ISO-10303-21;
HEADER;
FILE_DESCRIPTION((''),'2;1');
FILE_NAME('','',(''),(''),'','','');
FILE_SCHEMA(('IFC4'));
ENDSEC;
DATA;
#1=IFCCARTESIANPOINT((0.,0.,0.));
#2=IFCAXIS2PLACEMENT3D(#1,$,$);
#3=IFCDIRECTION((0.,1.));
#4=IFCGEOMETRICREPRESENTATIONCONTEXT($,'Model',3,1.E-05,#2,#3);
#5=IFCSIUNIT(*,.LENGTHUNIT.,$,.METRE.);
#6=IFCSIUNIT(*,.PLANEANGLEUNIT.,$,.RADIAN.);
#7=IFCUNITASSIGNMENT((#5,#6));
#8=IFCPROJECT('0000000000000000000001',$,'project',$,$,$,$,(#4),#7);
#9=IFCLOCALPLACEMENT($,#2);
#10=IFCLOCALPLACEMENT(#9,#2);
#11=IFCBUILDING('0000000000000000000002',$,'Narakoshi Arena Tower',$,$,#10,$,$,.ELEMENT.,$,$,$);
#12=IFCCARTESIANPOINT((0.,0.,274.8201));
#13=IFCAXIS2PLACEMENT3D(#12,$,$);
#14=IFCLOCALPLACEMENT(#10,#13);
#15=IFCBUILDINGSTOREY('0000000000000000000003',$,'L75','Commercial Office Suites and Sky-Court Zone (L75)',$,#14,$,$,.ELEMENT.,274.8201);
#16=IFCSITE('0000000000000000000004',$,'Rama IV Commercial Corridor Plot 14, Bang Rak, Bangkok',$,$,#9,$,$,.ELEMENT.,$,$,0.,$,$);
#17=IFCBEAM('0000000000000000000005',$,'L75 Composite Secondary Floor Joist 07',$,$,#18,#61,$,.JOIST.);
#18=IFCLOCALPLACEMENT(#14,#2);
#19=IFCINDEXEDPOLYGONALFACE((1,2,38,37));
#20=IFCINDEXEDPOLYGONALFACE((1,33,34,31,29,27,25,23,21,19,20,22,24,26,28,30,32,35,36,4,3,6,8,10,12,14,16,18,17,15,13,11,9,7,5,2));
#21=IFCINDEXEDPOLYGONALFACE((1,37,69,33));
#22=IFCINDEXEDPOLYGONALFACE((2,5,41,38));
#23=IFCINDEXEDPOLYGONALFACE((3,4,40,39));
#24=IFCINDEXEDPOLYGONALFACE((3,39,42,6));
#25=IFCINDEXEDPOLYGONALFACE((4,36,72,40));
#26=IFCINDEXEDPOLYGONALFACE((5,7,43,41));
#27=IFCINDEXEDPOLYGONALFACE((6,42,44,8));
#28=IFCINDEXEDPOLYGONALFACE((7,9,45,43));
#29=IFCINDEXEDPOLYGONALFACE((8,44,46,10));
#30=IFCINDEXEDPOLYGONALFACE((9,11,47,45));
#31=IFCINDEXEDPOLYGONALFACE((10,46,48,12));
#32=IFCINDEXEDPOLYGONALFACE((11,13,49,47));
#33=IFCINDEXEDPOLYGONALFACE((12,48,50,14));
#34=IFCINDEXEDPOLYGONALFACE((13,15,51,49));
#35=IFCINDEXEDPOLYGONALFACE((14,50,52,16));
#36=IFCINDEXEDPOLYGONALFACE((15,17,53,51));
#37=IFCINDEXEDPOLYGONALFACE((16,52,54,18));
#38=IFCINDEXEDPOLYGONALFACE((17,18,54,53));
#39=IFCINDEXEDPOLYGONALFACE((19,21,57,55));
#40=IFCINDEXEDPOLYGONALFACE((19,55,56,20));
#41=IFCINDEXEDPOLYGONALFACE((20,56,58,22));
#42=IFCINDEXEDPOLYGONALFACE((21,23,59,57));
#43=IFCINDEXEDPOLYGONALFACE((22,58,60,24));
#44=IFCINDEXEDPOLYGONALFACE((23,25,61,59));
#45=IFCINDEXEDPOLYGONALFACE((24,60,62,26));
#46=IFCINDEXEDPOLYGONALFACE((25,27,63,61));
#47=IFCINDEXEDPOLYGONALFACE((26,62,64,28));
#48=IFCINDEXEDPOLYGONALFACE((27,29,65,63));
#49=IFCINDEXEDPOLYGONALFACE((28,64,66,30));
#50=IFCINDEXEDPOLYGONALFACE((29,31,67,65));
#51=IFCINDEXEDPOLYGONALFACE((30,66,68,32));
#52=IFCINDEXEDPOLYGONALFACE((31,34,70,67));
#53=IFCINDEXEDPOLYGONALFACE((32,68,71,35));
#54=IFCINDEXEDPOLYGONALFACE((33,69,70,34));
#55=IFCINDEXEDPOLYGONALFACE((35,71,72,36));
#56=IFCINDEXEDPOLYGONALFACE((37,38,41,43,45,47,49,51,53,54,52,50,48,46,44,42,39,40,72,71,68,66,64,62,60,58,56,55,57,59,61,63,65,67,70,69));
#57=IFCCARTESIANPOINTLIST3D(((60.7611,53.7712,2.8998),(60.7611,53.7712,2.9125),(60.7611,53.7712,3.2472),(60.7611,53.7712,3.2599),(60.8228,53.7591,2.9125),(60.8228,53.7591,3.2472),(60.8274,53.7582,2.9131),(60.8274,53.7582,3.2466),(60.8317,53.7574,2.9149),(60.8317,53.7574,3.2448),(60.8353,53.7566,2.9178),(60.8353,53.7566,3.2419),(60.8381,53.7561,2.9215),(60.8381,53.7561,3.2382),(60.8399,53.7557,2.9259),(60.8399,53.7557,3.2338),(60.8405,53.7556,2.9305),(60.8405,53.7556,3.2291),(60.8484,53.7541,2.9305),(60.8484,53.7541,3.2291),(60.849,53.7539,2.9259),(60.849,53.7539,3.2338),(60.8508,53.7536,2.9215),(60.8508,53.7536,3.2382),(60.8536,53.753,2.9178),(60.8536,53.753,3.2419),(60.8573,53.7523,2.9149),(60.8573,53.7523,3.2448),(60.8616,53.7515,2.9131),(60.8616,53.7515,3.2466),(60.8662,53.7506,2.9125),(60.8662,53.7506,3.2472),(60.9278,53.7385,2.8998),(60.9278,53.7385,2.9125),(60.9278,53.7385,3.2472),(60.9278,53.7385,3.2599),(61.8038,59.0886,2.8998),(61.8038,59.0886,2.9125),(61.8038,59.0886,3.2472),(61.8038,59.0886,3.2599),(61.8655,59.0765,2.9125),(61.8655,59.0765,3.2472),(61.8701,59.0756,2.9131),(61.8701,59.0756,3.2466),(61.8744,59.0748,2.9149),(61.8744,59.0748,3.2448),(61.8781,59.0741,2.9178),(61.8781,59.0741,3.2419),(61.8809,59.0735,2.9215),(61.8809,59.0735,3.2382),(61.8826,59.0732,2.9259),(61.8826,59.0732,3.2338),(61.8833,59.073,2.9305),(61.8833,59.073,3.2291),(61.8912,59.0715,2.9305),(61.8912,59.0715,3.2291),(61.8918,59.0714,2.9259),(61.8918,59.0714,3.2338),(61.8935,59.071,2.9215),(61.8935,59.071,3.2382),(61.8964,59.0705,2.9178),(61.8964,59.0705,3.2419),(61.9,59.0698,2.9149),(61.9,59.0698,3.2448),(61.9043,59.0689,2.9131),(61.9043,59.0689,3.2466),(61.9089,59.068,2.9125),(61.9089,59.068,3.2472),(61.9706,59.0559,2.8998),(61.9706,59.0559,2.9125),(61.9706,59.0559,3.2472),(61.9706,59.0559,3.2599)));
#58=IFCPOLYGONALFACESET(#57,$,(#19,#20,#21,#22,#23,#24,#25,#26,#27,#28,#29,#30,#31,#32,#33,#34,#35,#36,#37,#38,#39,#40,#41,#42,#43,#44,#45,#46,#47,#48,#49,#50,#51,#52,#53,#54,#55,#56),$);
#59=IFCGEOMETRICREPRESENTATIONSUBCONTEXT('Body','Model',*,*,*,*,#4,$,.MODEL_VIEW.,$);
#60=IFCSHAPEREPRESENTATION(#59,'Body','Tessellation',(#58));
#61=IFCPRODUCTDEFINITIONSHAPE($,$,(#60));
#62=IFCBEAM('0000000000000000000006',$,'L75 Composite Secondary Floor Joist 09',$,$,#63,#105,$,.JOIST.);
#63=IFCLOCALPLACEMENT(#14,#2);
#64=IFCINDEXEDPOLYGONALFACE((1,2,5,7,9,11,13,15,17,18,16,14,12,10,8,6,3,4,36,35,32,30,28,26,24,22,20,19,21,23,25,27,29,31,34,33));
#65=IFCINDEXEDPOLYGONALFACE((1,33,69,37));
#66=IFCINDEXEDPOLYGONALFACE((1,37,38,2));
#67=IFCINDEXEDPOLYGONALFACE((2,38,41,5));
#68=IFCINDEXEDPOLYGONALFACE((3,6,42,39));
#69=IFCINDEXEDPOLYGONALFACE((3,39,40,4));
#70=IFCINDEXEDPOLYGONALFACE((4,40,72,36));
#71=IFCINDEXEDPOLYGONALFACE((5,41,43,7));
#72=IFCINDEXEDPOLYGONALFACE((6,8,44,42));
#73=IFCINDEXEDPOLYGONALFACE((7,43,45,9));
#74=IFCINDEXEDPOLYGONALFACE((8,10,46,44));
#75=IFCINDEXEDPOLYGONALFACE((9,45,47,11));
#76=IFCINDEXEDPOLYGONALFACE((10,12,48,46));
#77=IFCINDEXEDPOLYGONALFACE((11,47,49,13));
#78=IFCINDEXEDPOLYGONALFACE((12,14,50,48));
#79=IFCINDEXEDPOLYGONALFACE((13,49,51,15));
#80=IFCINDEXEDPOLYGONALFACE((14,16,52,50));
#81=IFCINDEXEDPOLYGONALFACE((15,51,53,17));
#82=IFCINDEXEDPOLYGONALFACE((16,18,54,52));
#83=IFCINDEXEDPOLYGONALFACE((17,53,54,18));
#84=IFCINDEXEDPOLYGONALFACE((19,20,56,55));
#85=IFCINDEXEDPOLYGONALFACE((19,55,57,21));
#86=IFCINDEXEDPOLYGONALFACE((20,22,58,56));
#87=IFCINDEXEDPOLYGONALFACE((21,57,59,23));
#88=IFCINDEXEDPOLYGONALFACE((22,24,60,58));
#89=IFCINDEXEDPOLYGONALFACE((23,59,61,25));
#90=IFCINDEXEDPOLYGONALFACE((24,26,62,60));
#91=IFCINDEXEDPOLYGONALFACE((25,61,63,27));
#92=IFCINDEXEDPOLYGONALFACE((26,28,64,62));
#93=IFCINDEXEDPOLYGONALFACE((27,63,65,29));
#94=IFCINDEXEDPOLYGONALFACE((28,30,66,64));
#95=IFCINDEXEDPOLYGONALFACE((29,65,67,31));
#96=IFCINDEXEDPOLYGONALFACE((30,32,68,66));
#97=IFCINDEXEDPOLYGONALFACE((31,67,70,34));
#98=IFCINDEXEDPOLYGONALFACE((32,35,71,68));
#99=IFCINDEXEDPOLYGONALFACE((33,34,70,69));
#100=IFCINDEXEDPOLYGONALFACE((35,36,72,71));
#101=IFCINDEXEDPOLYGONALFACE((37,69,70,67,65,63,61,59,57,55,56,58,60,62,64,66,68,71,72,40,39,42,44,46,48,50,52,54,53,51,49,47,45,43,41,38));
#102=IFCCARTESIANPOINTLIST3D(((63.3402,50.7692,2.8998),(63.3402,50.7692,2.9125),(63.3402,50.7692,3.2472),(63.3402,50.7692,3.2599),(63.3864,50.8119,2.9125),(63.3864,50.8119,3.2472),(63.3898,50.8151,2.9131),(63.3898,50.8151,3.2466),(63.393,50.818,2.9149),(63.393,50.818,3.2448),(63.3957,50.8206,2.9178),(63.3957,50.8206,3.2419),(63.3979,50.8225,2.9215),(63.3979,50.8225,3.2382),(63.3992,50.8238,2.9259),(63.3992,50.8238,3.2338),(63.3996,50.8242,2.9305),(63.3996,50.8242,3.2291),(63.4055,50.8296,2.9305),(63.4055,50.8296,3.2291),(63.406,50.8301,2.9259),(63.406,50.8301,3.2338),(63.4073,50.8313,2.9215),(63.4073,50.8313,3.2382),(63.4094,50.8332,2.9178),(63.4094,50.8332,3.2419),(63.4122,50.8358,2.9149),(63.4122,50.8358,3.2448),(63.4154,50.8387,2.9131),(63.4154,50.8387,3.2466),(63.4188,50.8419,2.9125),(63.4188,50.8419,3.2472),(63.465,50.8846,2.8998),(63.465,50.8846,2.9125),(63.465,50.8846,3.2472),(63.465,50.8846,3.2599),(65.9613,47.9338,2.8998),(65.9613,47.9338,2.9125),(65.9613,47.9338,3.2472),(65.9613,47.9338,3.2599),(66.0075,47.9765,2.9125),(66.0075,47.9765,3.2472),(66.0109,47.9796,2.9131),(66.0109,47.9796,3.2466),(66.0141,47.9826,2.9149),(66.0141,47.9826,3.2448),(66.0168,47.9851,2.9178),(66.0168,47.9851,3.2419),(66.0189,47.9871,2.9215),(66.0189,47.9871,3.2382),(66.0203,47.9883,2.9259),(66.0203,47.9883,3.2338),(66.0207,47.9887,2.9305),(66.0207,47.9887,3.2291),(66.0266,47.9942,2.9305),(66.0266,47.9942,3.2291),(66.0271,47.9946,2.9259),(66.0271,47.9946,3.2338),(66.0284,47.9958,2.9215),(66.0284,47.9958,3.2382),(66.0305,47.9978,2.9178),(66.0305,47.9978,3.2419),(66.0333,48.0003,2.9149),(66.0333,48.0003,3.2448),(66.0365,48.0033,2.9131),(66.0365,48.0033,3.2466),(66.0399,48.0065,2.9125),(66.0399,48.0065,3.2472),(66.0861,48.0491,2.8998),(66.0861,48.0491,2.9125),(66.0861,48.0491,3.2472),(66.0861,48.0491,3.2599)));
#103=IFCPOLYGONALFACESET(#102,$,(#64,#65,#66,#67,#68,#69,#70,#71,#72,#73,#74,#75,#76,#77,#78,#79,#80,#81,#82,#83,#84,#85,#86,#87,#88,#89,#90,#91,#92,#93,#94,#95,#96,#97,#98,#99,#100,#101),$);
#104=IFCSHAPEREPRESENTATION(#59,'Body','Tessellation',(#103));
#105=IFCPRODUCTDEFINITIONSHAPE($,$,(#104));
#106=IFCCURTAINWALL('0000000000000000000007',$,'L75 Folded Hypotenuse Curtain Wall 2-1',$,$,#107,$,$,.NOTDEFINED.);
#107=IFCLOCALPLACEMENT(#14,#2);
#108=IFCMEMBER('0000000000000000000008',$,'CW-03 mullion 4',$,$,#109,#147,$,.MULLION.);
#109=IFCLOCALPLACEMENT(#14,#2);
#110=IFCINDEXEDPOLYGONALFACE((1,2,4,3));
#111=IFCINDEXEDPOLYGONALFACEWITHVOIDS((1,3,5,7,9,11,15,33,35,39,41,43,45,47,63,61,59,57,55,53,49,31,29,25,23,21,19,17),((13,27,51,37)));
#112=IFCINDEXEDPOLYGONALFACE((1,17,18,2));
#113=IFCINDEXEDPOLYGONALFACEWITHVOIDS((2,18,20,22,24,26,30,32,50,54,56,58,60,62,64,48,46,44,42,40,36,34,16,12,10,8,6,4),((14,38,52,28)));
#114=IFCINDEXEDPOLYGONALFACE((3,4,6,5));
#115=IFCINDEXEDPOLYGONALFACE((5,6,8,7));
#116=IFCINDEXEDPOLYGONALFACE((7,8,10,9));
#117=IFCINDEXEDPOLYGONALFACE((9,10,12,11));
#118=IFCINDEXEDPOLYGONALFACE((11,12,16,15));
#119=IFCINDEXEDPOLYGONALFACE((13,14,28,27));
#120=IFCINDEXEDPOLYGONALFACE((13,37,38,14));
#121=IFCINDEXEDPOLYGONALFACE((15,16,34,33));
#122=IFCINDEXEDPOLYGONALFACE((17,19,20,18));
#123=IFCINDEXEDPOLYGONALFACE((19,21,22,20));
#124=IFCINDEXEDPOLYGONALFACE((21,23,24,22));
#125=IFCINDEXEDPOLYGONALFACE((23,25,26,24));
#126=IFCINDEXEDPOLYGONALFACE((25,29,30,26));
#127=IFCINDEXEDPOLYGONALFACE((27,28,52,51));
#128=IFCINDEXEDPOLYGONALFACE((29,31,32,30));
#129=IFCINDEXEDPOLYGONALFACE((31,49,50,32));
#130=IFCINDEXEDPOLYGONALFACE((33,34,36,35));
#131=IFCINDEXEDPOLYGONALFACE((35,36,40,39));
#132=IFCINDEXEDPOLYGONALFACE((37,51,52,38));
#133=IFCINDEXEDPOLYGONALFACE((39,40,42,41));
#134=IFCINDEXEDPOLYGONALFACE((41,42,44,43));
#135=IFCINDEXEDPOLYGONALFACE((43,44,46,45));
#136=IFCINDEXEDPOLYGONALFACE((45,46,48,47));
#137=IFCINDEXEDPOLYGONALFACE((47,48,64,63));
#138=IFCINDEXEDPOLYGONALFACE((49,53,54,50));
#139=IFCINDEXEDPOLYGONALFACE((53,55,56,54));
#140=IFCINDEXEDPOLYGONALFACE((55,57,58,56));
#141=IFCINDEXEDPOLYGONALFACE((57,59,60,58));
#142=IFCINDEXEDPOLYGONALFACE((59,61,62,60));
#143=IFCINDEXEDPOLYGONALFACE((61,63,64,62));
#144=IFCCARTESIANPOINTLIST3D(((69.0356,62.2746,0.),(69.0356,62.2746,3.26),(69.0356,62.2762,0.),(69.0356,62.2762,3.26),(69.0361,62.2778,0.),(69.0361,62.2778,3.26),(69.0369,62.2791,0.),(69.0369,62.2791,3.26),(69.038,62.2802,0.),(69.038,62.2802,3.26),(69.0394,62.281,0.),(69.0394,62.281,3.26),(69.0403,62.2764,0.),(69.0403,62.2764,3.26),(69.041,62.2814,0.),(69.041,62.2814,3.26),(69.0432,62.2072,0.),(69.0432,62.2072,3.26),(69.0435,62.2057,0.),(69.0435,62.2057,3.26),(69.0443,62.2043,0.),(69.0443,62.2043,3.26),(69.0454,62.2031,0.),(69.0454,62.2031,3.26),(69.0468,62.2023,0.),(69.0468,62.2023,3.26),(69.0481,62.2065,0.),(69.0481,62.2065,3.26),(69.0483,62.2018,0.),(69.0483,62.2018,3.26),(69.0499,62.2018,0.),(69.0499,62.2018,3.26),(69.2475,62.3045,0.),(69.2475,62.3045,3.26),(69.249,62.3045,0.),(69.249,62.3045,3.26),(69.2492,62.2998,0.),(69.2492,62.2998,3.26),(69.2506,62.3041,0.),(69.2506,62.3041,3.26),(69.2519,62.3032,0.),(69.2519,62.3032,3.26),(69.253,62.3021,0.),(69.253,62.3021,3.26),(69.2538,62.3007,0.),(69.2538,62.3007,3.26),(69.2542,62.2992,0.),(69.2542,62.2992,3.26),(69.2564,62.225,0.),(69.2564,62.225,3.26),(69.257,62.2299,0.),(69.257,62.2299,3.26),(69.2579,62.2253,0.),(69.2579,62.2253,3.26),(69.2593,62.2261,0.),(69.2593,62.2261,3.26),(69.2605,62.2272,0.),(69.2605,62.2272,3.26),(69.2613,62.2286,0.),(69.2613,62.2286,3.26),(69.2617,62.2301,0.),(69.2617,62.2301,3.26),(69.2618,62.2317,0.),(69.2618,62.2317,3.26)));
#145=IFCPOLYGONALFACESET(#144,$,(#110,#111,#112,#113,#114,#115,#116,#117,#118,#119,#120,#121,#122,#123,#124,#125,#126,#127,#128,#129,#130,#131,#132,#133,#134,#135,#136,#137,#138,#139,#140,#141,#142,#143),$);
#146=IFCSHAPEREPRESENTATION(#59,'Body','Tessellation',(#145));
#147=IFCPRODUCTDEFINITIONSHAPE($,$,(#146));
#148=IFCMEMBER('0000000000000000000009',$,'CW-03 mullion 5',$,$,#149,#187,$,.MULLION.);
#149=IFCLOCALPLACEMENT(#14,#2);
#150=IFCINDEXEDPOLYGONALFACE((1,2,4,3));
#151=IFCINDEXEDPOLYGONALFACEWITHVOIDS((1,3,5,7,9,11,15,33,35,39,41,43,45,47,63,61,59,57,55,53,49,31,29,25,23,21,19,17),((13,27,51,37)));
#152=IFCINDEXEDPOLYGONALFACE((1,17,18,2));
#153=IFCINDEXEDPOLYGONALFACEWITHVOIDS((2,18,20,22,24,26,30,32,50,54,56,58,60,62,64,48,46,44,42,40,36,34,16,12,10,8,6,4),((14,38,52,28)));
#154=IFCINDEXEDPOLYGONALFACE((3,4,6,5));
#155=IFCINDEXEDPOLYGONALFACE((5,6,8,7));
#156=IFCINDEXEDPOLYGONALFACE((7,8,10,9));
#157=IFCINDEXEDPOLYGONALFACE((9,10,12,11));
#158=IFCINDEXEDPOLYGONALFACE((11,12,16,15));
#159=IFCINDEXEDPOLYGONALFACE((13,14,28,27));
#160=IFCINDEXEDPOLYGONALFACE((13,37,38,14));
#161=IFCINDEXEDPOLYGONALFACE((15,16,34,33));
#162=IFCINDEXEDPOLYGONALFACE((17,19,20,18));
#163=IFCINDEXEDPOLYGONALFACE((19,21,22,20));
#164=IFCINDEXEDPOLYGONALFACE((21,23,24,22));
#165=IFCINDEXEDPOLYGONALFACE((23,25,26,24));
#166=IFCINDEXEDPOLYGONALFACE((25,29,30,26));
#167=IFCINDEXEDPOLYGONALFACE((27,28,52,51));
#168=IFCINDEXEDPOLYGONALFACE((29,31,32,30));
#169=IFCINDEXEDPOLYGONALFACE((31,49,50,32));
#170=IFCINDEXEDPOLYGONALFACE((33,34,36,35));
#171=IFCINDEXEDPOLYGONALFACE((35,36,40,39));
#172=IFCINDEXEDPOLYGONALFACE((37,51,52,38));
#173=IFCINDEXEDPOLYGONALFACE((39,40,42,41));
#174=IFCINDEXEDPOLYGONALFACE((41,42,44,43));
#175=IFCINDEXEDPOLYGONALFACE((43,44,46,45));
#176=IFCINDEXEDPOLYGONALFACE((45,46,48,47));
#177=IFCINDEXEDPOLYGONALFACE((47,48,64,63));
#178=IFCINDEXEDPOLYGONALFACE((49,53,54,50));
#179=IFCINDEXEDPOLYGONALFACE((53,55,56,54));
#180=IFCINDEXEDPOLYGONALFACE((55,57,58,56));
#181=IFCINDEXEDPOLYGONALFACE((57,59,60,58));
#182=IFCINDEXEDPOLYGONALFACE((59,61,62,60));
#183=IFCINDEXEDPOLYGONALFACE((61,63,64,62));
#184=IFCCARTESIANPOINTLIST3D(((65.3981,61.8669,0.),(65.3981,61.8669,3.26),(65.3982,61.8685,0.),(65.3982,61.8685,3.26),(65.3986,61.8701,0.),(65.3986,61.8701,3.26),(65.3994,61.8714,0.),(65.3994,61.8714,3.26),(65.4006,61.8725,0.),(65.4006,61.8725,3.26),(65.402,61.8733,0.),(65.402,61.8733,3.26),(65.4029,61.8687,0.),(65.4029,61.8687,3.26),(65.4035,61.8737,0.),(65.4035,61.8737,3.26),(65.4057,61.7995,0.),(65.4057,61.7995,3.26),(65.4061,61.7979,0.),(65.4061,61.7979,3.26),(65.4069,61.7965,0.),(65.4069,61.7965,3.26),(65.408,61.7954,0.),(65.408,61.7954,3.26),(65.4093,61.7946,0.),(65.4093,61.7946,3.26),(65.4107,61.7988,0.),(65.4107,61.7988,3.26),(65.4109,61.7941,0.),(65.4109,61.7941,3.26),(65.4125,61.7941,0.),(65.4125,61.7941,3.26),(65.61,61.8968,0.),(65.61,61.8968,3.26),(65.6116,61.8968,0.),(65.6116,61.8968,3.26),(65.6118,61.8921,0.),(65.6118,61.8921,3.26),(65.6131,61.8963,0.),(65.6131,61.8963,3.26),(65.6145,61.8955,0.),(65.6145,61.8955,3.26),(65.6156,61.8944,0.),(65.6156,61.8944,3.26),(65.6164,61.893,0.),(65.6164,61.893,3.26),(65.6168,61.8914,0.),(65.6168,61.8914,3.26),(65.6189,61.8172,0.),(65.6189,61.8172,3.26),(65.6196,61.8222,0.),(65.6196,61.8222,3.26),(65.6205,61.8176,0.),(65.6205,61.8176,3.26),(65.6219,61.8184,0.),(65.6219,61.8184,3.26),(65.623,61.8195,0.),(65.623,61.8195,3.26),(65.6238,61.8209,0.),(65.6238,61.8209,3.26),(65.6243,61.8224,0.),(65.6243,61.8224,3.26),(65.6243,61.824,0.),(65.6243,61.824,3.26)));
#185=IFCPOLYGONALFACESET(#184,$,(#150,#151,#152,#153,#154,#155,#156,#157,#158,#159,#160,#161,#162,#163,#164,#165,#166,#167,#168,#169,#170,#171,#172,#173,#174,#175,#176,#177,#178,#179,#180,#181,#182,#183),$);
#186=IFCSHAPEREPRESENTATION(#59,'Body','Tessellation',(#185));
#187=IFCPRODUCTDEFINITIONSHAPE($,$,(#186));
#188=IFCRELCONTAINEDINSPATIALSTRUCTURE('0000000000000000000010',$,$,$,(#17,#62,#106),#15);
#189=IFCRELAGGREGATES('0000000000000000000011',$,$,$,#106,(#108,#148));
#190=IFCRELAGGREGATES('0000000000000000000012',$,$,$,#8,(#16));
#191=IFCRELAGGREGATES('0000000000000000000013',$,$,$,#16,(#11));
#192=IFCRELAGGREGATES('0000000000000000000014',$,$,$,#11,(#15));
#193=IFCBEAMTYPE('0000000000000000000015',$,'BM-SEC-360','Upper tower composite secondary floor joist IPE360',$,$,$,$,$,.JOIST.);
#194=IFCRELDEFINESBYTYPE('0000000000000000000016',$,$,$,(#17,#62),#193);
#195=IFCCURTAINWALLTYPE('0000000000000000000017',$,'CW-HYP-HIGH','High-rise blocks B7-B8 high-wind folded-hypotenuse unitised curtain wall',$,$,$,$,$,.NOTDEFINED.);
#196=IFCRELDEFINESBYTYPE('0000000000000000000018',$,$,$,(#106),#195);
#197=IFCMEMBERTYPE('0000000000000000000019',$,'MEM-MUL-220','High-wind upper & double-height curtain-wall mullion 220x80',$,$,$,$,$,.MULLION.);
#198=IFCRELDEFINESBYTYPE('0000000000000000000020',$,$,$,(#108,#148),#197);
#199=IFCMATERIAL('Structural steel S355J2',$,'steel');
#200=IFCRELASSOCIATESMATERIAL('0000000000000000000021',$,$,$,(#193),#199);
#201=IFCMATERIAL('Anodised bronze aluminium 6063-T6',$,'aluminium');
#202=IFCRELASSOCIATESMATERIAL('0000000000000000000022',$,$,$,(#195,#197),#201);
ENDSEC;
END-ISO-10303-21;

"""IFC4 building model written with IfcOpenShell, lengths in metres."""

from ifc_helpers import new_model, si_unit, direction, frame, origin, origin_2d, place, context, subcontext, project, spatial, hollow_rectangle, i_section, extrude, material, material_profile, profile_set, type_object, element, aggregate, save


model = new_model("IFC4")

# Units and contexts
model_context = context("Model", 3, precision=1e-05, world=origin(), true_north=direction((0.0, 1.0)))
body_context = subcontext(model_context, "Body", "Model", "MODEL_VIEW")
ifc_project = project(units=[si_unit("LENGTHUNIT", "METRE"), si_unit("PLANEANGLEUNIT", "RADIAN")], contexts=[model_context])

# Site, building, storey
site_placement = place(None, origin())
site = spatial("IfcSite", under=ifc_project, at=site_placement, Name="Rama IV Commercial Corridor Plot 14, Bang Rak, Bangkok", CompositionType="ELEMENT", RefElevation=0.0)
building_placement = place(site_placement, origin())
building = spatial("IfcBuilding", under=site, at=building_placement, Name="Narakoshi Arena Tower", CompositionType="ELEMENT")
storey_placement = place(building_placement, frame((0.0, 0.0, 274.8201)))
storey = spatial("IfcBuildingStorey", under=building, at=storey_placement, Name="L75", Description="Commercial Office Suites and Sky-Court Zone (L75)", CompositionType="ELEMENT", Elevation=274.8201)

# Beams
ifc_material_1 = material(Name="Structural steel S355J2", Category="steel")
ifc_material_profile_1 = material_profile(ifc_material_1, i_section(OverallWidth=0.1699, OverallDepth=0.3601, WebThickness=0.0081, FlangeThickness=0.0127, FilletRadius=0.0181, at=origin_2d()), Name="IPE360")
ifc_profile_set_1 = profile_set([ifc_material_profile_1], Name="Structural steel S355J2")
beam_type_1 = type_object("IfcBeamType", Name="BM-SEC-360", Description="Upper tower composite secondary floor joist IPE360", PredefinedType="JOIST", material=ifc_profile_set_1)
beam_1_placement = place(storey_placement, frame((61.8872, 59.0723, 3.0798), z_axis=(-0.192432, -0.98131, 0.0), x_axis=(0.98131, -0.192432, 0.0)))
element("IfcBeam", 1, at=beam_1_placement, inside=storey, type_object=beam_type_1, Name="L75 Composite Secondary Floor Joist 07", PredefinedType="JOIST", context=body_context, shape_type="SweptSolid", body=[
    extrude(i_section(OverallWidth=0.1699, OverallDepth=0.3601, WebThickness=0.0081, FlangeThickness=0.0127, FilletRadius=0.0181, at=origin_2d()), origin(), (0.0, 0.0, 1.0), 5.4187),
])
beam_2_placement = place(storey_placement, frame((63.4026, 50.8269, 3.0798), z_axis=(0.678805, -0.734318, 0.0), x_axis=(0.734318, 0.678805, 0.0)))
element("IfcBeam", 2, at=beam_2_placement, inside=storey, type_object=beam_type_1, Name="L75 Composite Secondary Floor Joist 09", PredefinedType="JOIST", context=body_context, shape_type="SweptSolid", body=[
    extrude(i_section(OverallWidth=0.1699, OverallDepth=0.3601, WebThickness=0.0081, FlangeThickness=0.0127, FilletRadius=0.0181, at=origin_2d()), origin(), (0.0, 0.0, 1.0), 3.8613),
])

# Curtain wall, members
ifc_material_2 = material(Name="Anodised bronze aluminium 6063-T6", Category="aluminium")
curtain_wall_type = type_object("IfcCurtainWallType", Name="CW-HYP-HIGH", Description="High-rise blocks B7-B8 high-wind folded-hypotenuse unitised curtain wall", PredefinedType="NOTDEFINED", material=ifc_material_2)
curtain_wall_placement = place(storey_placement, origin())
curtain_wall = element("IfcCurtainWall", 3, at=curtain_wall_placement, inside=storey, type_object=curtain_wall_type, Name="L75 Folded Hypotenuse Curtain Wall 2-1", PredefinedType="NOTDEFINED")
ifc_material_profile_2 = material_profile(ifc_material_2, hollow_rectangle(XDim=0.0801, YDim=0.22, WallThickness=0.0049, OuterFilletRadius=0.0061, at=origin_2d()), Name="MUL220x80x5")
ifc_profile_set_2 = profile_set([ifc_material_profile_2], Name="Anodised bronze aluminium 6063-T6")
member_type_1 = type_object("IfcMemberType", Name="MEM-MUL-220", Description="High-wind upper & double-height curtain-wall mullion 220x80", PredefinedType="MULLION", material=ifc_profile_set_2)
member_1_placement = place(storey_placement, frame((69.1487, 62.2532, 0.0), z_axis=(0.0, 0.0, 1.0), x_axis=(0.111396, -0.993776, 0.0)))
member_1 = element("IfcMember", 4, at=member_1_placement, type_object=member_type_1, Name="CW-03 mullion 4", PredefinedType="MULLION", context=body_context, shape_type="SweptSolid", body=[
    extrude(hollow_rectangle(XDim=0.0801, YDim=0.22, WallThickness=0.0049, OuterFilletRadius=0.0061, at=origin_2d()), origin(), (0.0, 0.0, 1.0), 3.26),
])
member_2_placement = place(storey_placement, frame((65.5112, 61.8455, 0.0), z_axis=(0.0, 0.0, 1.0), x_axis=(0.111396, -0.993776, 0.0)))
member_2 = element("IfcMember", 5, at=member_2_placement, type_object=member_type_1, Name="CW-03 mullion 5", PredefinedType="MULLION", context=body_context, shape_type="SweptSolid", body=[
    extrude(hollow_rectangle(XDim=0.0801, YDim=0.22, WallThickness=0.0049, OuterFilletRadius=0.0061, at=origin_2d()), origin(), (0.0, 0.0, 1.0), 3.26),
])
aggregate(curtain_wall, [member_1, member_2])

save(model, "model.ifc")
